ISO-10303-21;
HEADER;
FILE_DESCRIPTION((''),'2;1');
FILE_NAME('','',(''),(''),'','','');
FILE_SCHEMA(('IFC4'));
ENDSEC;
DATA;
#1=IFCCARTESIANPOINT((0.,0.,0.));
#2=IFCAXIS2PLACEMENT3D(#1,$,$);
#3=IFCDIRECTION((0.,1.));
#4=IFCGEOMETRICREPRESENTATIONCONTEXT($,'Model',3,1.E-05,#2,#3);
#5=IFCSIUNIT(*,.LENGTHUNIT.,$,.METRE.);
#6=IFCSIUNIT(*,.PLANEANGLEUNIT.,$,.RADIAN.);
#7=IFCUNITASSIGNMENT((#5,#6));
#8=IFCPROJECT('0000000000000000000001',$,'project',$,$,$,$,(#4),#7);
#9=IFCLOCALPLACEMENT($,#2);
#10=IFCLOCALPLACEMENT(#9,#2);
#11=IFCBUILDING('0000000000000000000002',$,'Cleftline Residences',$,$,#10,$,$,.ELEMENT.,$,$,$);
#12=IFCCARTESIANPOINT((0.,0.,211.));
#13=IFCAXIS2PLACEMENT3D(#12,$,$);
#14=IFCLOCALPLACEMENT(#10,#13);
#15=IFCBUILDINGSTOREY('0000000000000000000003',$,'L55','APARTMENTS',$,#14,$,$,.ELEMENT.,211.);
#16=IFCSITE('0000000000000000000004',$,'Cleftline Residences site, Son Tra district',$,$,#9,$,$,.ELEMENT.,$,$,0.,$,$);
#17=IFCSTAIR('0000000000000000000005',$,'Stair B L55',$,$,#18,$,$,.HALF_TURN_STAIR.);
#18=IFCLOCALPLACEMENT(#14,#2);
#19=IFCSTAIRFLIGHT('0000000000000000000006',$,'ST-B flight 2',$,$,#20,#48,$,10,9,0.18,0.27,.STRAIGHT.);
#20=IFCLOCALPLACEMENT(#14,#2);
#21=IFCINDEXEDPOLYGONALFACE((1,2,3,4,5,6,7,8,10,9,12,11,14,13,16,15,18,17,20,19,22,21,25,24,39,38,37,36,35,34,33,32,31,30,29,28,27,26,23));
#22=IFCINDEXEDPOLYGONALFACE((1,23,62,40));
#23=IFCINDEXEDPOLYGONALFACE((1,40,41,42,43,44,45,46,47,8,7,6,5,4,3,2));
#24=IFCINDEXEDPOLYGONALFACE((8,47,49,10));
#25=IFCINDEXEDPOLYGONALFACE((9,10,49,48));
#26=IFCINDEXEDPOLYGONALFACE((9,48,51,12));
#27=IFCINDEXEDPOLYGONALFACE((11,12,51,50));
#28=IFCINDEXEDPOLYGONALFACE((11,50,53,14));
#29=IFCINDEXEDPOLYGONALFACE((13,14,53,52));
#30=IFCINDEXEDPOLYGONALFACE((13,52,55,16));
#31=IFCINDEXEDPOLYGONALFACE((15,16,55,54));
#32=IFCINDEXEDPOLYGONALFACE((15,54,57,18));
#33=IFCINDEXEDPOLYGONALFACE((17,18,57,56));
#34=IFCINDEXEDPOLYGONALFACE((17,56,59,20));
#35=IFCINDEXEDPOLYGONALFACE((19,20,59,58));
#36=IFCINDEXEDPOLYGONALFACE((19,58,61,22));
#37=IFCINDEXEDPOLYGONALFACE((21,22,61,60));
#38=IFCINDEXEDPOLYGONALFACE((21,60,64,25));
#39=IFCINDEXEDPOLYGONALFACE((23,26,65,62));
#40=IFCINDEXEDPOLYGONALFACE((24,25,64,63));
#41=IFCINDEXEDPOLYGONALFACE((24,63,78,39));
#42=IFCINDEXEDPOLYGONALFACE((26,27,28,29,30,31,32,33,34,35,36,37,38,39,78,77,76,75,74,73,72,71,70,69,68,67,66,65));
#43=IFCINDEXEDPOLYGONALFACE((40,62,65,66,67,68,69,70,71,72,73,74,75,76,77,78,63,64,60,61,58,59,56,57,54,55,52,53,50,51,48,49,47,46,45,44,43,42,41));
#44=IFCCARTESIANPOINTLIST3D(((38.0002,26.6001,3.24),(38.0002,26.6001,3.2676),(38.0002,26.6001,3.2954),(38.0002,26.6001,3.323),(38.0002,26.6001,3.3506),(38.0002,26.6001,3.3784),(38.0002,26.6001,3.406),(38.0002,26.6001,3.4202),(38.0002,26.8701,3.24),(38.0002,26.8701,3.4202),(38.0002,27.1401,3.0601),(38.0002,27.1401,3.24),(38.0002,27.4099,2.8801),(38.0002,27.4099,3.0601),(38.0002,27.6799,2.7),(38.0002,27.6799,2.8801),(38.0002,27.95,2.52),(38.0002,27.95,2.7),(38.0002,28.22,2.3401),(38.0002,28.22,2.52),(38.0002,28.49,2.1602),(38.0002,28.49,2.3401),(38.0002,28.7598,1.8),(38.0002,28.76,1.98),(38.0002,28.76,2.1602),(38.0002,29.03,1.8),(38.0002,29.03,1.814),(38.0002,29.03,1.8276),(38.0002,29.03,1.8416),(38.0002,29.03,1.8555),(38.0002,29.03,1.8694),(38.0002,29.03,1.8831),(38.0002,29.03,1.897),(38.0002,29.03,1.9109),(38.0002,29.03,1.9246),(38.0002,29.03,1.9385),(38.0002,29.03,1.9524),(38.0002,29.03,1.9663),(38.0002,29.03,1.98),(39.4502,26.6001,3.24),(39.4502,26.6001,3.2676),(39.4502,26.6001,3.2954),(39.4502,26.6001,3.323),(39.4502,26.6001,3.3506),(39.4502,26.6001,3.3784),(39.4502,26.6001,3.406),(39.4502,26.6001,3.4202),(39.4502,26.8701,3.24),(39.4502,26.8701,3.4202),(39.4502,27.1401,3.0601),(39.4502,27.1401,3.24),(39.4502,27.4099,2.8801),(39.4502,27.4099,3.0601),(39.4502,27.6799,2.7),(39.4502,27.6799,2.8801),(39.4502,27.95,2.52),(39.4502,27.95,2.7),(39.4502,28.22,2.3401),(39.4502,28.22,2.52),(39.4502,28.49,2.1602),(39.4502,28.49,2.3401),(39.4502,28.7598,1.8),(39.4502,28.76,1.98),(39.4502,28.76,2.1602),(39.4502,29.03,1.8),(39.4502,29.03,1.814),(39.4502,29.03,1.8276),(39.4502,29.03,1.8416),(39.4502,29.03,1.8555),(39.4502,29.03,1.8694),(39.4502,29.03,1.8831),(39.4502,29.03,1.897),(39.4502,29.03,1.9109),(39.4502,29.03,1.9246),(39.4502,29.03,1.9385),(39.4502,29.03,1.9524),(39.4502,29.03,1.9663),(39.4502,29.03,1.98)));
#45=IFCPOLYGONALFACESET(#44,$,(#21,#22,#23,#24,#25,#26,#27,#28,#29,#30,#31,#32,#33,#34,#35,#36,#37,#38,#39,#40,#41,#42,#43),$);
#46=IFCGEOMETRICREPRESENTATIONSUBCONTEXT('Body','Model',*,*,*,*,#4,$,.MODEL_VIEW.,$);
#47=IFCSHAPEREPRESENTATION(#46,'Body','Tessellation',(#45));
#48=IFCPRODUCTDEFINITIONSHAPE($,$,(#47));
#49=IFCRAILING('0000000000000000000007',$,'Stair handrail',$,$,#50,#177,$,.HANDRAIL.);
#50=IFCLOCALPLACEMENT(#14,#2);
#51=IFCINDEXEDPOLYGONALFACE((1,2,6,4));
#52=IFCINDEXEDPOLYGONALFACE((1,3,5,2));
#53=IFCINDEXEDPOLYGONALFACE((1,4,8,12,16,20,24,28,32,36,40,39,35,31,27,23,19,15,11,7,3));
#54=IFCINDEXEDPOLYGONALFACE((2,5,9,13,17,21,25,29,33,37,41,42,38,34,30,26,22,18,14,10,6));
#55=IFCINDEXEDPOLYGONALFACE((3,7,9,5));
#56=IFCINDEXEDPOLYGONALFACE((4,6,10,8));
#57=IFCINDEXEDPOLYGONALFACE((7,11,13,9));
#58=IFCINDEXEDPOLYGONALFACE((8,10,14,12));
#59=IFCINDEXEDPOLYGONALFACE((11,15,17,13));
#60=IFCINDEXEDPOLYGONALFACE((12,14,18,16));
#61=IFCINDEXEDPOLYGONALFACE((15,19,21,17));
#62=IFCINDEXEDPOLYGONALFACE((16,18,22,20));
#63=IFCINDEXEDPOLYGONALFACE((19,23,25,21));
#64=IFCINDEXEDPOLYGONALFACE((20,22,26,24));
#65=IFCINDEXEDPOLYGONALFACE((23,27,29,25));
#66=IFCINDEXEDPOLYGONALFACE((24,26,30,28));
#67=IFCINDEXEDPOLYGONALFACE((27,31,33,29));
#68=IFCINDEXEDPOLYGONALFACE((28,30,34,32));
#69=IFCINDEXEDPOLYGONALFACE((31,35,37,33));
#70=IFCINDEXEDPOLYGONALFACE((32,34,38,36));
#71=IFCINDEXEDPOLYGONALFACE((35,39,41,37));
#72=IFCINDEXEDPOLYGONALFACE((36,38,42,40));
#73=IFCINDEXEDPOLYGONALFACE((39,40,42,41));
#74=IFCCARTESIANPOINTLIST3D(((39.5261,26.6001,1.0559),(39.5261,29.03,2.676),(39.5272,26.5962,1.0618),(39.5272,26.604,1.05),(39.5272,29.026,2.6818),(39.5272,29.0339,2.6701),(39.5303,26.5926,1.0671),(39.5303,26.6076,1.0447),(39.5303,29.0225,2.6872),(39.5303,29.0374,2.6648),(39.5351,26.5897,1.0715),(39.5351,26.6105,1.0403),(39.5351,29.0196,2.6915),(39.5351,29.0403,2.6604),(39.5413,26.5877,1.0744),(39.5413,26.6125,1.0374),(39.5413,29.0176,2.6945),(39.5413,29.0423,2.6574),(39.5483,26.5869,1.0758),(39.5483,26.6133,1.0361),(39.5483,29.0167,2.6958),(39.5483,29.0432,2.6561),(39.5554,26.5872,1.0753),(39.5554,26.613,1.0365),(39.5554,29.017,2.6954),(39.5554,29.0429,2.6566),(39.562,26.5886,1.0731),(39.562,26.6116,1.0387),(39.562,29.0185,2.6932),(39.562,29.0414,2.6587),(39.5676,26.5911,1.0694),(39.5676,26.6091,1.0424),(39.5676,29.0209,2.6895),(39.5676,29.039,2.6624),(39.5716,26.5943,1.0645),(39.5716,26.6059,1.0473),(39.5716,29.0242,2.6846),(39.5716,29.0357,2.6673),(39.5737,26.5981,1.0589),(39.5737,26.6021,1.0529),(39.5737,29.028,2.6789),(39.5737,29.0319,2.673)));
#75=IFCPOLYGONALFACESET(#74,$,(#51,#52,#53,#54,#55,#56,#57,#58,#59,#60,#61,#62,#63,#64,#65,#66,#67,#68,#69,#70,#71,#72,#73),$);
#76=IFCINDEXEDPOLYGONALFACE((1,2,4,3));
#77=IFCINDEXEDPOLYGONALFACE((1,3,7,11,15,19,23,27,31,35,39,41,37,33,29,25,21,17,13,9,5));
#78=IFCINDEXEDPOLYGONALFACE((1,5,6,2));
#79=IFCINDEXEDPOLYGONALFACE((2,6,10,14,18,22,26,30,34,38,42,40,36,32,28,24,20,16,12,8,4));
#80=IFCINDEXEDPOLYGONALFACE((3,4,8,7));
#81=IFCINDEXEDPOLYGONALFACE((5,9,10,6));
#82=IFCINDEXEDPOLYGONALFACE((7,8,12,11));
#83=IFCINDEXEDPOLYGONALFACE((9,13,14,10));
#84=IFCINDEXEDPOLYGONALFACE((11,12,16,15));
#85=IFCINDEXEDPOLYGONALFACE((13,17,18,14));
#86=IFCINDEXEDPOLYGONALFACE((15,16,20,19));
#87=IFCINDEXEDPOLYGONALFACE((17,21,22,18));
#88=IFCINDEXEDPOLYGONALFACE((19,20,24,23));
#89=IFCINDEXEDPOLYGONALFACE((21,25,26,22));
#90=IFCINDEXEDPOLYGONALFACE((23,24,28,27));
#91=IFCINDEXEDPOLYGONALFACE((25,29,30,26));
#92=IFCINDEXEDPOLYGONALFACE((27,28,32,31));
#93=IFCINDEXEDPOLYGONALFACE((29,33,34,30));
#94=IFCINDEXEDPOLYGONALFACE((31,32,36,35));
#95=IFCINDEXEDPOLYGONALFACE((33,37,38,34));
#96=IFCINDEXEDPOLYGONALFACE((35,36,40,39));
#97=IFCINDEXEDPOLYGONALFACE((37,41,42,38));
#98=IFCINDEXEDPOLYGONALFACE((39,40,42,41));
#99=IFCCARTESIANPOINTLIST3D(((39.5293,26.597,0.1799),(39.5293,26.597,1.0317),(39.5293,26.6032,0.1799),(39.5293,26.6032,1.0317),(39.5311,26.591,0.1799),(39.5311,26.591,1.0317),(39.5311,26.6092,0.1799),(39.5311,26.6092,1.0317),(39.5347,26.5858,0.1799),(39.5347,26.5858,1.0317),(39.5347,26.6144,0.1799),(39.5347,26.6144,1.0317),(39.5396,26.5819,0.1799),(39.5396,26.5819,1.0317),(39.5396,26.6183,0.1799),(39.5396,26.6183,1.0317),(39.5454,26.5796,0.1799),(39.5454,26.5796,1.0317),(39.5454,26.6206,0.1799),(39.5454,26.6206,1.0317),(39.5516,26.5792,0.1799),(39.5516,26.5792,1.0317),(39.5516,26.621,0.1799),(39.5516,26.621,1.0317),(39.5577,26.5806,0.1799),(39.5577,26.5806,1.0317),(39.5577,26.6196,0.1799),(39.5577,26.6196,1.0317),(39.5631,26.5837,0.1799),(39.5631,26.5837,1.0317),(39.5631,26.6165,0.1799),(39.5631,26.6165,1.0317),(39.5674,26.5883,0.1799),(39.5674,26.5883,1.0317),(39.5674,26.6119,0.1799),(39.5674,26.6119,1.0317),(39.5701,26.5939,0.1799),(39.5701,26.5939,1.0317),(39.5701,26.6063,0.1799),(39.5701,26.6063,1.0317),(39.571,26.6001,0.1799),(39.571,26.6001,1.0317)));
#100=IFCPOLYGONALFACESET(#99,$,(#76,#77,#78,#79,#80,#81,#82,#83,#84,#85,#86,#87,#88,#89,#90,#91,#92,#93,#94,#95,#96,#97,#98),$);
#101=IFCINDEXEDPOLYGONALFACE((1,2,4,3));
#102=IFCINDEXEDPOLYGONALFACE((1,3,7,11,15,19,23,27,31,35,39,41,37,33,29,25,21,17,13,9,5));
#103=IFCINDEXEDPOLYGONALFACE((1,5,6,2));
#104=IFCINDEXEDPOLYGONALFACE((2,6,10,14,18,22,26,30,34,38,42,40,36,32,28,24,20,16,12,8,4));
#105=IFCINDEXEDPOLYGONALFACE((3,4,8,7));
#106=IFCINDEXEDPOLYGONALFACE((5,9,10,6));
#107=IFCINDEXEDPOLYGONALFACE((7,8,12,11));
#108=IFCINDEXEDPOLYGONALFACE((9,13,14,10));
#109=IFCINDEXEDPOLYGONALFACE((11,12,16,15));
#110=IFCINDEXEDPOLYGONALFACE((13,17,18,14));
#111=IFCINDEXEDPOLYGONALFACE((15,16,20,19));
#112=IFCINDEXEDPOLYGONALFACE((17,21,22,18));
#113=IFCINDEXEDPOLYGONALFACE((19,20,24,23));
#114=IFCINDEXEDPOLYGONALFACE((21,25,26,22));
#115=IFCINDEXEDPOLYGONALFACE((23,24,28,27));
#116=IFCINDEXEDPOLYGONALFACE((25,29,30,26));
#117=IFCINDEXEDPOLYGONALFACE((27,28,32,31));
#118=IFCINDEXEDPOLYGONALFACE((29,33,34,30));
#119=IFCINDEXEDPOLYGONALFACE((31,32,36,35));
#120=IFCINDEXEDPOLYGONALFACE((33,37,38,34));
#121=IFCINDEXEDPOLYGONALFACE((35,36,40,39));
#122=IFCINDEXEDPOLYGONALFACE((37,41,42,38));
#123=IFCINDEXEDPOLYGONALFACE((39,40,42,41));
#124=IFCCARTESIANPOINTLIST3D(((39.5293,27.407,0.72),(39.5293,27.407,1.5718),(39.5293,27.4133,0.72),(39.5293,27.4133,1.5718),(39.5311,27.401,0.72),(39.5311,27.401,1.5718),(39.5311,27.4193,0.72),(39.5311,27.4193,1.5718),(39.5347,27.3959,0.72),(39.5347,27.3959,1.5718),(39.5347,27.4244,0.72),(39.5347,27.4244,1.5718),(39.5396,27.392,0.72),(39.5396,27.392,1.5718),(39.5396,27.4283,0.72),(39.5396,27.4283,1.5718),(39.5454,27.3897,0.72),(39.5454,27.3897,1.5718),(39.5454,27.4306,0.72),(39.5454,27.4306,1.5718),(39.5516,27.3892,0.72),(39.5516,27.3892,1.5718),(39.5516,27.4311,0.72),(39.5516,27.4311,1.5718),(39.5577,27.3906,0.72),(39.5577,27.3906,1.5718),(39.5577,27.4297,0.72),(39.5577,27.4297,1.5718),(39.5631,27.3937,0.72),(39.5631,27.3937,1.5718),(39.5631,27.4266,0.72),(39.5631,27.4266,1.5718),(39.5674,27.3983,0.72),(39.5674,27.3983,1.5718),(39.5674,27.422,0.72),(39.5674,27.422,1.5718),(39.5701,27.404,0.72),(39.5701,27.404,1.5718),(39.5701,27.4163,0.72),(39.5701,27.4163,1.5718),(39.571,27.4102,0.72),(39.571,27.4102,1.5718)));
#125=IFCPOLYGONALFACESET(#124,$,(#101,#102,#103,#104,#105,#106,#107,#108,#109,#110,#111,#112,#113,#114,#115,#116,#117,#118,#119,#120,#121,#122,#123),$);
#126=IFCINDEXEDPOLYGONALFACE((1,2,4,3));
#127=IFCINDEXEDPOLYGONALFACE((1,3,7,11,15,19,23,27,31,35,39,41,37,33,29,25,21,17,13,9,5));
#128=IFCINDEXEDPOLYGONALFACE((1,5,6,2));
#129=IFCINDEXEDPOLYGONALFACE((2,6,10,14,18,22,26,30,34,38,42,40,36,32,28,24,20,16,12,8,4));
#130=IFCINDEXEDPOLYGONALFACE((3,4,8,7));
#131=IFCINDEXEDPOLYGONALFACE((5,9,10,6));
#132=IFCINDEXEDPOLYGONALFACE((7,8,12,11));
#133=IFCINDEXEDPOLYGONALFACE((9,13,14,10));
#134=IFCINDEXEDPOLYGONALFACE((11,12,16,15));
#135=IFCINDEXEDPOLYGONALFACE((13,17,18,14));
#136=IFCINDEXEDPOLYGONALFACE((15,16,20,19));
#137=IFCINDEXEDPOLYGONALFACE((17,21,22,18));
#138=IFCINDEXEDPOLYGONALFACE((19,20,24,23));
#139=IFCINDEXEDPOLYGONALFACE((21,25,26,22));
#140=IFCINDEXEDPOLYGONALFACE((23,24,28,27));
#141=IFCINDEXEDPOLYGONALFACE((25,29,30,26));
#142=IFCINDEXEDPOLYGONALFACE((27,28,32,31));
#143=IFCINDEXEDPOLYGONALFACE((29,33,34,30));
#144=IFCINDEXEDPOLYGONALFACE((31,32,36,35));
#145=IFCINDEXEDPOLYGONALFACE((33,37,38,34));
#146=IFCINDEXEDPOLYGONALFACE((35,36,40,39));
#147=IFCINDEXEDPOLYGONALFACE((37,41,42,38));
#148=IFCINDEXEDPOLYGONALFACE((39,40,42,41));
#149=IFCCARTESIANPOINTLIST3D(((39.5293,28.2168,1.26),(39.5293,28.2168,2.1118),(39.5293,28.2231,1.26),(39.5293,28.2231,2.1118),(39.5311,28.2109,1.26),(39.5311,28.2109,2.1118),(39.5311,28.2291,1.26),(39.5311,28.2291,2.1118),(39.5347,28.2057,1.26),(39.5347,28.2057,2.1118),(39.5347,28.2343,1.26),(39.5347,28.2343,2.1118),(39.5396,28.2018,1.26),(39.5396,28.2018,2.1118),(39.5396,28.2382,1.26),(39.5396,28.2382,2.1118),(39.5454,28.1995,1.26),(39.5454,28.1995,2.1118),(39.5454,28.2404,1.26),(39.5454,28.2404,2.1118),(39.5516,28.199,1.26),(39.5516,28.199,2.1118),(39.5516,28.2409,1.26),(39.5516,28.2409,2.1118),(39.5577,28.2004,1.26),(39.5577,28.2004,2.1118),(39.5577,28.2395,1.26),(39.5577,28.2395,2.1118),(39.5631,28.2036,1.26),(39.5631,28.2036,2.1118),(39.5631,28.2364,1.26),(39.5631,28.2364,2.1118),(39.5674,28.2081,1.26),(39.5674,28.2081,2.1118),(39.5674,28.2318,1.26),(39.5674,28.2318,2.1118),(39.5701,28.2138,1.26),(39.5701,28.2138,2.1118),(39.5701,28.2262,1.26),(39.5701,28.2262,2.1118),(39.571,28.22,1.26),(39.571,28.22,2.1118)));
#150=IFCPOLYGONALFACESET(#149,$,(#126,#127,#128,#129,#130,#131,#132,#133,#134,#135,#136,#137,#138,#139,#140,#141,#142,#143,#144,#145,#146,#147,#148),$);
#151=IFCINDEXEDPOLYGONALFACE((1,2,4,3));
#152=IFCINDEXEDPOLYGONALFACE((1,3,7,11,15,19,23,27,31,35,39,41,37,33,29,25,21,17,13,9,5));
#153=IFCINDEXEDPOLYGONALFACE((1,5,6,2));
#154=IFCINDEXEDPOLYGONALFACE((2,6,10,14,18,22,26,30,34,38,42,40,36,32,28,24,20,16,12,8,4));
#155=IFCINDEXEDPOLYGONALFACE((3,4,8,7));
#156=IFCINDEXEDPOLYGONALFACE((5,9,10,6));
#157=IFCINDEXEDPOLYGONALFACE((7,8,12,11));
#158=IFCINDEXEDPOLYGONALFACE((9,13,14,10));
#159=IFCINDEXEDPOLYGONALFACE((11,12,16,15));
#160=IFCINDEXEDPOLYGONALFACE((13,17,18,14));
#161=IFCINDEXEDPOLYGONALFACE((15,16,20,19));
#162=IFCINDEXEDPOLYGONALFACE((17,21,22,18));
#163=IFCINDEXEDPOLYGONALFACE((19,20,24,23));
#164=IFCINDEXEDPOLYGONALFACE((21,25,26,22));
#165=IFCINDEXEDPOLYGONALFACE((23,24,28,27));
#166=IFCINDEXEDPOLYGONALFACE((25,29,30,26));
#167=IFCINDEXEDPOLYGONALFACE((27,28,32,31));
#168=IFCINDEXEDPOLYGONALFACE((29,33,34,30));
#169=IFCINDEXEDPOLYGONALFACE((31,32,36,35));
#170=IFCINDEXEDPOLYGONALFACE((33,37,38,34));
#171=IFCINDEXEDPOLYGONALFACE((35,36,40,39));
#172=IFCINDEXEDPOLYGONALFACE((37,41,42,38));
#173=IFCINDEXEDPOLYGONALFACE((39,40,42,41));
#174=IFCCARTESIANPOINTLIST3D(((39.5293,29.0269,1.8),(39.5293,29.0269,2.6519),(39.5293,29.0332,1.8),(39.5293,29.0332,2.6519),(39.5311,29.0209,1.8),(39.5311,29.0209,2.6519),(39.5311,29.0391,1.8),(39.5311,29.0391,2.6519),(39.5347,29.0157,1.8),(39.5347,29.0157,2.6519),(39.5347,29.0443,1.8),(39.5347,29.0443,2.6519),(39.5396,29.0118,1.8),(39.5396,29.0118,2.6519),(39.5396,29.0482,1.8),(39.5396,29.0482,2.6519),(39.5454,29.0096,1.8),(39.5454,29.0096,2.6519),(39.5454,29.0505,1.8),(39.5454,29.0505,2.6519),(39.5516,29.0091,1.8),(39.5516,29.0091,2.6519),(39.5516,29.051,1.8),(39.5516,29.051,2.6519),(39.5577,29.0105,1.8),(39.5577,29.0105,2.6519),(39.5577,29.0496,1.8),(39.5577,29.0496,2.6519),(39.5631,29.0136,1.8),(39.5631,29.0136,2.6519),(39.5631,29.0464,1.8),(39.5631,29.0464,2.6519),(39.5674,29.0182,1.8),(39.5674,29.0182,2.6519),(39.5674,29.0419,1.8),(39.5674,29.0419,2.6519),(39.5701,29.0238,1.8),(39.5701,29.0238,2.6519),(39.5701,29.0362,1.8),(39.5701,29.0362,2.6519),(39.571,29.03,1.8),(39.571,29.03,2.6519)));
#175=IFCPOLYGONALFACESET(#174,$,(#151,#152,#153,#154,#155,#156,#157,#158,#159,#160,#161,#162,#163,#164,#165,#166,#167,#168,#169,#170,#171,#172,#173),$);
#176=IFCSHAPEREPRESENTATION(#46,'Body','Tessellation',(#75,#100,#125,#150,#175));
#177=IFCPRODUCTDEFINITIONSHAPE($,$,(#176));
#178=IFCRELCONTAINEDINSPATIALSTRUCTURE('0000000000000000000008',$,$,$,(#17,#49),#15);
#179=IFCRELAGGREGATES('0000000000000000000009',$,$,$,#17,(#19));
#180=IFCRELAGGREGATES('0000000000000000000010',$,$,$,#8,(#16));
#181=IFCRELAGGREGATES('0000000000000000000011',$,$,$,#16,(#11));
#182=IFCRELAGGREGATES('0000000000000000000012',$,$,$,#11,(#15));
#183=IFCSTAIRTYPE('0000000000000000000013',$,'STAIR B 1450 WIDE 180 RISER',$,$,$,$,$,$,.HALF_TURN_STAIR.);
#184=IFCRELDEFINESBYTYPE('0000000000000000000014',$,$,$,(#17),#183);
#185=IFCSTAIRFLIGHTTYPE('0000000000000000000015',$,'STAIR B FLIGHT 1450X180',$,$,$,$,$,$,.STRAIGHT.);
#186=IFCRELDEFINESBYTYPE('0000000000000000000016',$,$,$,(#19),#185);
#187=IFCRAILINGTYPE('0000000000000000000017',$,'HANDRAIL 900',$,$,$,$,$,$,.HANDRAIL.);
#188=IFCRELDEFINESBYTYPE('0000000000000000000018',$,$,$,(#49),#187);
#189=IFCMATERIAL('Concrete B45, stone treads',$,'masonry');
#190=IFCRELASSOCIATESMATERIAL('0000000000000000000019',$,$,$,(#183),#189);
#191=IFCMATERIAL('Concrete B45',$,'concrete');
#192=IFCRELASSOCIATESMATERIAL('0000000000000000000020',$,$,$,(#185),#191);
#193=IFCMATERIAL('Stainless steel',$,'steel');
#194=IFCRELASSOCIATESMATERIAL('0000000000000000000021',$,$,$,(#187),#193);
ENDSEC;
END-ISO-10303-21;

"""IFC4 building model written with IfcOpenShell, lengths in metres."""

from ifc_helpers import new_model, si_unit, direction, frame, origin, origin_2d, place, context, subcontext, project, spatial, polyline, circle, outline, extrude, material, type_object, element, aggregate, save


model = new_model("IFC4")

# Units and contexts
model_context = context("Model", 3, precision=1e-05, world=origin(), true_north=direction((0.0, 1.0)))
body_context = subcontext(model_context, "Body", "Model", "MODEL_VIEW")
ifc_project = project(units=[si_unit("LENGTHUNIT", "METRE"), si_unit("PLANEANGLEUNIT", "RADIAN")], contexts=[model_context])

# Site, building, storey
site_placement = place(None, origin())
site = spatial("IfcSite", under=ifc_project, at=site_placement, Name="Cleftline Residences site, Son Tra district", CompositionType="ELEMENT", RefElevation=0.0)
building_placement = place(site_placement, origin())
building = spatial("IfcBuilding", under=site, at=building_placement, Name="Cleftline Residences", CompositionType="ELEMENT")
storey_placement = place(building_placement, frame((0.0, 0.0, 211.0)))
storey = spatial("IfcBuildingStorey", under=building, at=storey_placement, Name="L55", Description="APARTMENTS", CompositionType="ELEMENT", Elevation=211.0)

# Stair, stair flight
ifc_material_1 = material(Name="Concrete B45, stone treads", Category="masonry")
stair_type = type_object("IfcStairType", Name="STAIR B 1450 WIDE 180 RISER", PredefinedType="HALF_TURN_STAIR", material=ifc_material_1)
stair_placement = place(storey_placement, origin())
stair = element("IfcStair", 1, at=stair_placement, inside=storey, type_object=stair_type, Name="Stair B L55", PredefinedType="HALF_TURN_STAIR")
ifc_material_2 = material(Name="Concrete B45", Category="concrete")
stair_flight_type = type_object("IfcStairFlightType", Name="STAIR B FLIGHT 1450X180", PredefinedType="STRAIGHT", material=ifc_material_2)
stair_flight_1_placement = place(storey_placement, frame((38.7251, 29.03, 1.8), z_axis=(0.0, 0.0, 1.0), x_axis=(0.0, -1.0, 0.0)))
stair_flight_1 = element("IfcStairFlight", 2, at=stair_flight_1_placement, type_object=stair_flight_type, Name="ST-B flight 2", NumberOfRisers=10, NumberOfTreads=9, PredefinedType="STRAIGHT", RiserHeight=0.18, TreadLength=0.27, context=body_context, shape_type="SweptSolid", body=[
    extrude(outline(polyline([(0.0, 0.0), (0.0, 0.0139), (0.0, 0.0276), (0.0, 0.0415), (0.0, 0.0554), (0.0, 0.0693), (0.0, 0.083), (0.0, 0.0969), (0.0, 0.1108), (0.0, 0.1245), (0.0, 0.1384), (0.0, 0.1523), (0.0, 0.1663), (0.0, 0.1799), (0.27, 0.1799), (0.27, 0.3601), (0.54, 0.3601), (0.54, 0.54), (0.8101, 0.54), (0.8101, 0.72), (1.0801, 0.72), (1.0801, 0.8999), (1.3501, 0.8999), (1.3501, 1.0801), (1.6201, 1.0801), (1.6201, 1.26), (1.8899, 1.26), (1.8899, 1.4399), (2.1599, 1.4399), (2.1599, 1.6201), (2.4299, 1.6201), (2.4299, 1.8), (2.4299, 1.7722), (2.4299, 1.7446), (2.4299, 1.7168), (2.4299, 1.6892), (2.4299, 1.6614), (2.4299, 1.6338), (2.4299, 1.606), (2.4299, 1.5784), (2.4299, 1.5505), (2.4299, 1.5229), (2.4299, 1.4954), (2.4299, 1.4675), (2.4299, 1.4399), (0.2703, 0.0), (0.0, 0.0)])), frame((0.0, 0.7251, 0.0), z_axis=(0.0, -1.0, 0.0), x_axis=(1.0, 0.0, 0.0)), (0.0, 0.0, 1.0), 1.45),
])
aggregate(stair, [stair_flight_1])

# Railing
ifc_material_3 = material(Name="Stainless steel", Category="steel")
railing_type = type_object("IfcRailingType", Name="HANDRAIL 900", PredefinedType="HANDRAIL", material=ifc_material_3)
railing_1_placement = place(storey_placement, frame((39.55, 26.6001, 0.1799)))
element("IfcRailing", 3, at=railing_1_placement, inside=storey, type_object=railing_type, Name="Stair handrail", PredefinedType="HANDRAIL", context=body_context, shape_type="SweptSolid", body=[
    extrude(circle(Radius=0.0239, at=origin_2d()), frame((0.0, 0.0, 0.876), z_axis=(0.0, 0.832025, 0.554739), x_axis=(-1.0, 0.0, 0.0)), (0.0, 0.0, 1.0), 2.9204),
    extrude(circle(Radius=0.021, at=origin_2d()), origin(), (0.0, 0.0, 1.0), 0.8518),
    extrude(circle(Radius=0.021, at=origin_2d()), frame((0.0, 0.8101, 0.54)), (0.0, 0.0, 1.0), 0.8518),
    extrude(circle(Radius=0.021, at=origin_2d()), frame((0.0, 1.6199, 1.0801)), (0.0, 0.0, 1.0), 0.8518),
    extrude(circle(Radius=0.021, at=origin_2d()), frame((0.0, 2.4299, 1.6201)), (0.0, 0.0, 1.0), 0.8518),
])

save(model, "model.ifc")
